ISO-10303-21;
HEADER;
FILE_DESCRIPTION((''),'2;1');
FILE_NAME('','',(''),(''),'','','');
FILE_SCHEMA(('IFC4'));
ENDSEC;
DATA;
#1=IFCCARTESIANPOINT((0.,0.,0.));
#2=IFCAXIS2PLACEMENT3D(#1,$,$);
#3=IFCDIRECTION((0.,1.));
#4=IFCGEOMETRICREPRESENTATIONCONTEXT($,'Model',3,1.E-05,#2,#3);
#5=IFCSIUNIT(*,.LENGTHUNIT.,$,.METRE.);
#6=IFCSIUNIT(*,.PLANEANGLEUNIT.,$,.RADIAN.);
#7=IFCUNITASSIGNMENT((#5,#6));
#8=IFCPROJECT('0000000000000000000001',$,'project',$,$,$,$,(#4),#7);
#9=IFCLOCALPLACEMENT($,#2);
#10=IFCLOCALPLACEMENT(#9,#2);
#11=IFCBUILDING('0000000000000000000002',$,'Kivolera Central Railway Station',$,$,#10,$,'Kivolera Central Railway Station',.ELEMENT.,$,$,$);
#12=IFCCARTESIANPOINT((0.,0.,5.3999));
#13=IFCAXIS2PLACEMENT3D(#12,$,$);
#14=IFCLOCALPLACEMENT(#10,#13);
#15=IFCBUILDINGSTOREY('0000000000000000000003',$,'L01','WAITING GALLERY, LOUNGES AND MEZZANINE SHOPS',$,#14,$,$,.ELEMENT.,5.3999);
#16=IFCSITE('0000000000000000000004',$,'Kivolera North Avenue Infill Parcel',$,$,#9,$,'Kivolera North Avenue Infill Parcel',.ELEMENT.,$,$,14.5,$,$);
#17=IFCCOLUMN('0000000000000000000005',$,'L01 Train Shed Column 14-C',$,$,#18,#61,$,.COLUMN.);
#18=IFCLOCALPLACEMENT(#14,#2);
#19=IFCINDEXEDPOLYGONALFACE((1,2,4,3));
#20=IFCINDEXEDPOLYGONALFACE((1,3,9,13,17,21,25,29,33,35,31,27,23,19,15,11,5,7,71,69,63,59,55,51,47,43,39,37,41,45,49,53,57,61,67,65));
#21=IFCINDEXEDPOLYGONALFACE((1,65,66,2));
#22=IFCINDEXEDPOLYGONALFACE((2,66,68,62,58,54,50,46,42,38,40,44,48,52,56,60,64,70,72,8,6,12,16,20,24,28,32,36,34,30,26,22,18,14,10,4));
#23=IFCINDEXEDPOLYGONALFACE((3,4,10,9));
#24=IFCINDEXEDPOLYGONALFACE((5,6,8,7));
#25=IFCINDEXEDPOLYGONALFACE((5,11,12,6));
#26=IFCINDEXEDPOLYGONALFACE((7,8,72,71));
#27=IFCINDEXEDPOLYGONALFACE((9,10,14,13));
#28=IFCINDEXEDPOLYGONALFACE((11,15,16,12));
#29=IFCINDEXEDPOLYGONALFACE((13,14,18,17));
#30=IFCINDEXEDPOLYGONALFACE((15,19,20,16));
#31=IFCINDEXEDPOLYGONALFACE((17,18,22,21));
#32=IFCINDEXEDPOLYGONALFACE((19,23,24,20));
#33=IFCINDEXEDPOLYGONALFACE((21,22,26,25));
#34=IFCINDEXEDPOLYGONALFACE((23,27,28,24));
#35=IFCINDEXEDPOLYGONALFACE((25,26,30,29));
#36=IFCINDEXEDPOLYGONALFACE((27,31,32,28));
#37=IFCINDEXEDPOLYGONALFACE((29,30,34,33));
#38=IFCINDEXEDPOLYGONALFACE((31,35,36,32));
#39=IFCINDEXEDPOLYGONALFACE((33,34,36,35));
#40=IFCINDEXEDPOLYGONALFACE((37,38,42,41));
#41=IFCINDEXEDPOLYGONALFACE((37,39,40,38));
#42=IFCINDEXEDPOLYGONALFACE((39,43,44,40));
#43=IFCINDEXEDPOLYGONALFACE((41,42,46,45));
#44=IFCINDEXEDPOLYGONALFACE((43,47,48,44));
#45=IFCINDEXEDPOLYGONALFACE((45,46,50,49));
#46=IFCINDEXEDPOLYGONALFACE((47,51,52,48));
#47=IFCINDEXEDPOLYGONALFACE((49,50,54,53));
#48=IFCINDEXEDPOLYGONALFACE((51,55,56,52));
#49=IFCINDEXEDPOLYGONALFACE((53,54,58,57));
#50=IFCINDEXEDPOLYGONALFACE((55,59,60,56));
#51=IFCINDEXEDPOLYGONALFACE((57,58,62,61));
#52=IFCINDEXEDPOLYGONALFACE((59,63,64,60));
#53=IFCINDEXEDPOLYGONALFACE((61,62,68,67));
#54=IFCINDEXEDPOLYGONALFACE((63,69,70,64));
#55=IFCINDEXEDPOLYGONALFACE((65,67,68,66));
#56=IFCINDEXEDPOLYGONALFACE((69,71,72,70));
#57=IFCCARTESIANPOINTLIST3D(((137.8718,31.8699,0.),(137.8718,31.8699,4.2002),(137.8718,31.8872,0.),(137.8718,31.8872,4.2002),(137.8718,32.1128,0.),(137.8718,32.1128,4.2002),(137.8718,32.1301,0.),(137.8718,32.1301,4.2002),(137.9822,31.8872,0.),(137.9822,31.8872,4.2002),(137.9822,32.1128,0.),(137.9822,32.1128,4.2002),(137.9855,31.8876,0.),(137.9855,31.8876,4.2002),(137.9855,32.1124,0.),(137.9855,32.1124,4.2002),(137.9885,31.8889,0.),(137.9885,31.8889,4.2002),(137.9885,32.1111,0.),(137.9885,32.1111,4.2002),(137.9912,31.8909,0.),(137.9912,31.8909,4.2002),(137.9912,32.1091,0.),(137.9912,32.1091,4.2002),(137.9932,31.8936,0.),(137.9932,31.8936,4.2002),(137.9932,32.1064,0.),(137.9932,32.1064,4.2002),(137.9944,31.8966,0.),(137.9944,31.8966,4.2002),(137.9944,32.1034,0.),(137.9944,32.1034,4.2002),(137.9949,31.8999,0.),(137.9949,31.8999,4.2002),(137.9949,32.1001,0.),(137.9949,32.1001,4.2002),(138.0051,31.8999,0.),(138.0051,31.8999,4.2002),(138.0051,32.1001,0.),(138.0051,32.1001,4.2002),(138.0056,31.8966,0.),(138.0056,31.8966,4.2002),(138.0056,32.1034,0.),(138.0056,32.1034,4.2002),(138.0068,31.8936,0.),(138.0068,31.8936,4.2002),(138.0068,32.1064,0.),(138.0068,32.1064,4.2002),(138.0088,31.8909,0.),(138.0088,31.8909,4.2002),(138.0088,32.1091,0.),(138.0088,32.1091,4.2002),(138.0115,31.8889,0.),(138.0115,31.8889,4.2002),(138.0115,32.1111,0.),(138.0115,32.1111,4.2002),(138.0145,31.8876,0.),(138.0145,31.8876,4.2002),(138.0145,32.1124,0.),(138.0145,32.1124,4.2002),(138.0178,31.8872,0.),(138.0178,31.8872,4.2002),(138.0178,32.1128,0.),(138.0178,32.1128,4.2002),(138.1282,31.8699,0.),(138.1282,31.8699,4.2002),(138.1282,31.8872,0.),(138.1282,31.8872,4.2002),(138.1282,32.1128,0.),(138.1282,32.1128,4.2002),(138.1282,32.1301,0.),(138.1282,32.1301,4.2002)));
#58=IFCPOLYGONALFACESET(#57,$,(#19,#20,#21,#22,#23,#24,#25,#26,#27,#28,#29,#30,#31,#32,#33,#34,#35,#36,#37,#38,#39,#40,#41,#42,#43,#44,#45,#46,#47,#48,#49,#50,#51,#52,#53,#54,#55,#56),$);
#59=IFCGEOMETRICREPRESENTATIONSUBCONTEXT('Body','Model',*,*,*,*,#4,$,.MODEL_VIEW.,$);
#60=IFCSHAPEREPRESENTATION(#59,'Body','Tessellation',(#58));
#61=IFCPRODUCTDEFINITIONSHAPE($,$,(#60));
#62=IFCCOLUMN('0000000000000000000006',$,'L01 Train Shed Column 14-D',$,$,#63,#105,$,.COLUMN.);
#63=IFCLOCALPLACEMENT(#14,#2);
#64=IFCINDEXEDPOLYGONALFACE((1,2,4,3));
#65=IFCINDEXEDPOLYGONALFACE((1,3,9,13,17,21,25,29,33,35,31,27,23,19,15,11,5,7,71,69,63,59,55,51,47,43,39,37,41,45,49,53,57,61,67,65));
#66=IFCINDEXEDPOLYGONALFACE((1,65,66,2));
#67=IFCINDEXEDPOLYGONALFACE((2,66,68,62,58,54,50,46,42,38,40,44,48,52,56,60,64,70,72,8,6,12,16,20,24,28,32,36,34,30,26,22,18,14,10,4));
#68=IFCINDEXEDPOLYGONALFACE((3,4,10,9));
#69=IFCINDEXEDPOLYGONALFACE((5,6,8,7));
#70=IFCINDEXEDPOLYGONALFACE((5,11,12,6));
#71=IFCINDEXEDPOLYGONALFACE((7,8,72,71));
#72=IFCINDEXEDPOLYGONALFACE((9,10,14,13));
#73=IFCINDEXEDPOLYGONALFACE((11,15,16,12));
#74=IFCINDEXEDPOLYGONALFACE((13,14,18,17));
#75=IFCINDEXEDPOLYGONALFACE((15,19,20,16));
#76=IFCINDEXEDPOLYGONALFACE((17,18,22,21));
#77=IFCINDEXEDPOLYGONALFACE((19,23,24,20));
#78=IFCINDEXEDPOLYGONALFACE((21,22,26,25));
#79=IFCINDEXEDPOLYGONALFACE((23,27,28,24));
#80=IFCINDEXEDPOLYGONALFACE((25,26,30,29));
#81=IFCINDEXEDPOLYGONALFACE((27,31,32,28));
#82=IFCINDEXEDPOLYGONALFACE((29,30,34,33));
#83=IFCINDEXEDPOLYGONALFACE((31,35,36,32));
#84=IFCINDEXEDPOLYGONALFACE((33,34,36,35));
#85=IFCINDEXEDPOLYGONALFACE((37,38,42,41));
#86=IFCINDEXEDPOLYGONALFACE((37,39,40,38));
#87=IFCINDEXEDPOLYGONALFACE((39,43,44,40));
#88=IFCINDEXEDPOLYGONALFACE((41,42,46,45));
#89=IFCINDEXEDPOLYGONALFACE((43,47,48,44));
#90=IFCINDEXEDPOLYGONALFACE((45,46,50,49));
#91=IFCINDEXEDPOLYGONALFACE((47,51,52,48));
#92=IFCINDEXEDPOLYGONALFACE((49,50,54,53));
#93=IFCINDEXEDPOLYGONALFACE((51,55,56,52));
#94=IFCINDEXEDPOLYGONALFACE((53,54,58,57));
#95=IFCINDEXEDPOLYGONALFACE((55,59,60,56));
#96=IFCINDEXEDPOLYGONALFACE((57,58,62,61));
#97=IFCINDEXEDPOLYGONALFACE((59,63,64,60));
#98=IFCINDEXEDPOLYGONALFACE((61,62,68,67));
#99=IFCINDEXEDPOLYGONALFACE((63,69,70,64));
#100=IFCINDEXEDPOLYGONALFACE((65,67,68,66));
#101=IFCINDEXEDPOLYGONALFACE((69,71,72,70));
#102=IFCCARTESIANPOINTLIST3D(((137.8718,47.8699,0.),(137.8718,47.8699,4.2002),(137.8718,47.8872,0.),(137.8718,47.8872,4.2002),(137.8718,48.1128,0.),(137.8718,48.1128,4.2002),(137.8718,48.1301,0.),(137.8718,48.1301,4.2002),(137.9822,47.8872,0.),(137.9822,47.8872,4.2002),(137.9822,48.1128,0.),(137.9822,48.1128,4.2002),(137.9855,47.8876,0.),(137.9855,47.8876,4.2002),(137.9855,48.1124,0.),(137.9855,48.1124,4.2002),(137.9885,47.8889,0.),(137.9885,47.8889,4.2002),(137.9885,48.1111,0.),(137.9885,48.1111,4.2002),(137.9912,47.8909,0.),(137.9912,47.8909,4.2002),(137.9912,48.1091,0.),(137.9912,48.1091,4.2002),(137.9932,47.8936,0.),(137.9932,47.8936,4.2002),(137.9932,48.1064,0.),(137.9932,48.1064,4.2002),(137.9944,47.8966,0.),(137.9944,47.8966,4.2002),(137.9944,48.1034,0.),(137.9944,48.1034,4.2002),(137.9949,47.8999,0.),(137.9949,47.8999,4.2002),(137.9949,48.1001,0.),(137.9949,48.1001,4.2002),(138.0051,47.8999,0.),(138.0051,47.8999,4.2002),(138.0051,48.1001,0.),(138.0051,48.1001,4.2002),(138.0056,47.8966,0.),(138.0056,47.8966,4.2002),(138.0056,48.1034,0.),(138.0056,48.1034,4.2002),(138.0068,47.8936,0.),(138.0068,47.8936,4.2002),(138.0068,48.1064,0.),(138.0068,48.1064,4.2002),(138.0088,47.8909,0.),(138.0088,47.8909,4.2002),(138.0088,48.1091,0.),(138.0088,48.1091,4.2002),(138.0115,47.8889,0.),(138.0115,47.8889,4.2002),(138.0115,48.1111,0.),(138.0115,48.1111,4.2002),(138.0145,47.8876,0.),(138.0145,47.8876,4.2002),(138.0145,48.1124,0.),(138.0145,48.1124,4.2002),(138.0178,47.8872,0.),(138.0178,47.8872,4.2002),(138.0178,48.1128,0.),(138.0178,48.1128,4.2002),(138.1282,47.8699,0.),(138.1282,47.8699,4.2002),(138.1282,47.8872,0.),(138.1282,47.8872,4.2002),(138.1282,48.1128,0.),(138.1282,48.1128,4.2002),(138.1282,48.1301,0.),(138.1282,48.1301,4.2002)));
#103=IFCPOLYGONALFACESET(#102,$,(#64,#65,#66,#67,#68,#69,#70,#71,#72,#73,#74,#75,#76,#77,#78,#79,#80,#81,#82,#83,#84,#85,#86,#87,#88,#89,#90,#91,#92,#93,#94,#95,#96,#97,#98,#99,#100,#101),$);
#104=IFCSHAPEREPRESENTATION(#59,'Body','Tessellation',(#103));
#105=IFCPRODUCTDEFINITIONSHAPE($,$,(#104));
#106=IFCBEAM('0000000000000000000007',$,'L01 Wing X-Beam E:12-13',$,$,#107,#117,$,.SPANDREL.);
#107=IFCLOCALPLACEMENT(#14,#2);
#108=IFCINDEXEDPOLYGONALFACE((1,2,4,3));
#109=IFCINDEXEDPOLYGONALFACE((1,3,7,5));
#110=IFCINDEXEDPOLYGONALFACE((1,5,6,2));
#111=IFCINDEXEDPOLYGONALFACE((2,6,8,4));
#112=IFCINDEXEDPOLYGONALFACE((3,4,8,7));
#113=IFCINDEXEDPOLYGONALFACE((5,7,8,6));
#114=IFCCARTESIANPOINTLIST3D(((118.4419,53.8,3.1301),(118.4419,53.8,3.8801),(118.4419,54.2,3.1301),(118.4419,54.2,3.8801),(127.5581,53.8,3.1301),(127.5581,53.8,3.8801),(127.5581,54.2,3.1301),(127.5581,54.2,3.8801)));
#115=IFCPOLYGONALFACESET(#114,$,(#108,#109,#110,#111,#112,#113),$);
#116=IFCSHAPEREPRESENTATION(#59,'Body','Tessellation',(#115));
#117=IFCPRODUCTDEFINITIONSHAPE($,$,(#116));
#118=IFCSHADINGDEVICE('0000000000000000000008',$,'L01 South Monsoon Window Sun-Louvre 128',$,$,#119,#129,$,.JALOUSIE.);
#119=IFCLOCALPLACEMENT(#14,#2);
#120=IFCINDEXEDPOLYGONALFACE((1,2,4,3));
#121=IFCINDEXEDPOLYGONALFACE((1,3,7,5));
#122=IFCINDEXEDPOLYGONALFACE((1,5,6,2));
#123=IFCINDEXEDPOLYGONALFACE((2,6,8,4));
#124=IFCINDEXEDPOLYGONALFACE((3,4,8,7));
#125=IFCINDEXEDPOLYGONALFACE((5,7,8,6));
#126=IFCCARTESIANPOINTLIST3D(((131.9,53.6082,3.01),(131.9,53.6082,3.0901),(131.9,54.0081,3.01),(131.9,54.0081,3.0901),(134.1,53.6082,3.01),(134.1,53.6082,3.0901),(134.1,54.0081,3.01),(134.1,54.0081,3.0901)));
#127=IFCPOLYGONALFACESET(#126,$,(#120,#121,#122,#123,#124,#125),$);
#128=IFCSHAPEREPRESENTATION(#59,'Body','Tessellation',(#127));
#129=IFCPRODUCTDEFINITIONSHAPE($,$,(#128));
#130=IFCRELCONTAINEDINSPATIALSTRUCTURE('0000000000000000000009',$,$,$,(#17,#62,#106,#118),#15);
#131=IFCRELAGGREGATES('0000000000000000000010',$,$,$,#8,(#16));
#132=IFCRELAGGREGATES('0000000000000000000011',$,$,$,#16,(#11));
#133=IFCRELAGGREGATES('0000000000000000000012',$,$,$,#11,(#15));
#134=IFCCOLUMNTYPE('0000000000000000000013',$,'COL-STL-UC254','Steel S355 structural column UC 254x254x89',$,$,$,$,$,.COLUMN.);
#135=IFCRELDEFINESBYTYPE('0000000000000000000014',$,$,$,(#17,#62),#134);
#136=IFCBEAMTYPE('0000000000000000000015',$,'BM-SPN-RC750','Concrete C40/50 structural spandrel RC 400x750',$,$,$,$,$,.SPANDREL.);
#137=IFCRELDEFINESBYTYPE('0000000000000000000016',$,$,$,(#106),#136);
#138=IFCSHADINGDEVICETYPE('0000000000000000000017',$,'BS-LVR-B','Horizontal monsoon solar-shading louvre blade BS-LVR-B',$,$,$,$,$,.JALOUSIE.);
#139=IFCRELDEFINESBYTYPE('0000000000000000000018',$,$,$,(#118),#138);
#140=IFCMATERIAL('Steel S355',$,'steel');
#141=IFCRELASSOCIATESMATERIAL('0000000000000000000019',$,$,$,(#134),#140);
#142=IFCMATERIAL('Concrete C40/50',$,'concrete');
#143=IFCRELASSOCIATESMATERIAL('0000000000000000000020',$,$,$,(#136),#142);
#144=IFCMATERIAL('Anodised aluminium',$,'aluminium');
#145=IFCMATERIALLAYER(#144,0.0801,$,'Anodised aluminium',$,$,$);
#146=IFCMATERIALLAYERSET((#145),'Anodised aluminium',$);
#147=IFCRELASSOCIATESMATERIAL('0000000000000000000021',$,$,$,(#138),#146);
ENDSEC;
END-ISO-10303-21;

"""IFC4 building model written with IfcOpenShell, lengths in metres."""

from ifc_helpers import new_model, si_unit, direction, frame, origin, origin_2d, place, context, subcontext, project, spatial, rectangle, i_section, extrude, material, layer, layer_set, material_profile, profile_set, type_object, element, save


model = new_model("IFC4")

# Units and contexts
model_context = context("Model", 3, precision=1e-05, world=origin(), true_north=direction((0.0, 1.0)))
body_context = subcontext(model_context, "Body", "Model", "MODEL_VIEW")
ifc_project = project(units=[si_unit("LENGTHUNIT", "METRE"), si_unit("PLANEANGLEUNIT", "RADIAN")], contexts=[model_context])

# Site, building, storey
site_placement = place(None, origin())
site = spatial("IfcSite", under=ifc_project, at=site_placement, Name="Kivolera North Avenue Infill Parcel", LongName="Kivolera North Avenue Infill Parcel", CompositionType="ELEMENT", RefElevation=14.5)
building_placement = place(site_placement, origin())
building = spatial("IfcBuilding", under=site, at=building_placement, Name="Kivolera Central Railway Station", LongName="Kivolera Central Railway Station", CompositionType="ELEMENT")
storey_placement = place(building_placement, frame((0.0, 0.0, 5.3999)))
storey = spatial("IfcBuildingStorey", under=building, at=storey_placement, Name="L01", Description="WAITING GALLERY, LOUNGES AND MEZZANINE SHOPS", CompositionType="ELEMENT", Elevation=5.3999)

# Columns
ifc_material_1 = material(Name="Concrete C40/50", Category="concrete")
ifc_material_2 = material(Name="Steel S355", Category="steel")
ifc_material_profile_1 = material_profile(ifc_material_2, i_section(OverallWidth=0.2563, OverallDepth=0.2603, WebThickness=0.0103, FlangeThickness=0.0173, FilletRadius=0.0127, at=origin_2d()), Name="UC 254x254x89")
ifc_profile_set_1 = profile_set([ifc_material_profile_1], Name="Steel S355")
column_type_1 = type_object("IfcColumnType", Name="COL-STL-UC254", Description="Steel S355 structural column UC 254x254x89", PredefinedType="COLUMN", material=ifc_profile_set_1)
for number, where, z_axis, x_axis, name in (
    (1, (138.0, 32.0, 0.0), (0.0, 0.0, 1.0), (1.0, 0.0, 0.0), "L01 Train Shed Column 14-C"),
    (2, (138.0, 48.0, 0.0), (0.0, 0.0, 1.0), (1.0, 0.0, 0.0), "L01 Train Shed Column 14-D"),
):
    element("IfcColumn", number, at=place(storey_placement, frame(where, z_axis=z_axis, x_axis=x_axis)), inside=storey, type_object=column_type_1, Name=name, PredefinedType="COLUMN", context=body_context, shape_type="SweptSolid", body=[
        extrude(i_section(OverallWidth=0.2563, OverallDepth=0.2603, WebThickness=0.0103, FlangeThickness=0.0173, FilletRadius=0.0127, at=origin_2d()), origin(), (0.0, 0.0, 1.0), 4.2002),
    ])

# Beam
ifc_material_profile_2 = material_profile(ifc_material_1, rectangle(XDim=0.3999, YDim=0.75, at=origin_2d()), Name="RC 400x750")
ifc_profile_set_2 = profile_set([ifc_material_profile_2], Name="Concrete C40/50")
beam_type = type_object("IfcBeamType", Name="BM-SPN-RC750", Description="Concrete C40/50 structural spandrel RC 400x750", PredefinedType="SPANDREL", material=ifc_profile_set_2)
beam_placement = place(storey_placement, frame((118.4419, 54.0, 3.5051), z_axis=(1.0, 0.0, 0.0), x_axis=(0.0, 1.0, 0.0)))
element("IfcBeam", 3, at=beam_placement, inside=storey, type_object=beam_type, Name="L01 Wing X-Beam E:12-13", PredefinedType="SPANDREL", context=body_context, shape_type="SweptSolid", body=[
    extrude(rectangle(XDim=0.3999, YDim=0.75, at=origin_2d()), origin(), (0.0, 0.0, 1.0), 9.1162),
])

# Shading device
ifc_material_3 = material(Name="Anodised aluminium", Category="aluminium")
ifc_layer = layer(ifc_material_3, 0.0801, Name="Anodised aluminium")
ifc_layer_set = layer_set([ifc_layer], Name="Anodised aluminium")
shading_device_type = type_object("IfcShadingDeviceType", Name="BS-LVR-B", Description="Horizontal monsoon solar-shading louvre blade BS-LVR-B", PredefinedType="JALOUSIE", material=ifc_layer_set)
shading_device_placement = place(storey_placement, frame((133.0, 53.8081, 3.01), z_axis=(0.0, 0.0, 1.0), x_axis=(1.0, 0.0, 0.0)))
element("IfcShadingDevice", 4, at=shading_device_placement, inside=storey, type_object=shading_device_type, Name="L01 South Monsoon Window Sun-Louvre 128", PredefinedType="JALOUSIE", context=body_context, shape_type="SweptSolid", body=[
    extrude(rectangle(XDim=2.2, YDim=0.3999, at=origin_2d()), origin(), (0.0, 0.0, 1.0), 0.0801),
])

save(model, "model.ifc")
